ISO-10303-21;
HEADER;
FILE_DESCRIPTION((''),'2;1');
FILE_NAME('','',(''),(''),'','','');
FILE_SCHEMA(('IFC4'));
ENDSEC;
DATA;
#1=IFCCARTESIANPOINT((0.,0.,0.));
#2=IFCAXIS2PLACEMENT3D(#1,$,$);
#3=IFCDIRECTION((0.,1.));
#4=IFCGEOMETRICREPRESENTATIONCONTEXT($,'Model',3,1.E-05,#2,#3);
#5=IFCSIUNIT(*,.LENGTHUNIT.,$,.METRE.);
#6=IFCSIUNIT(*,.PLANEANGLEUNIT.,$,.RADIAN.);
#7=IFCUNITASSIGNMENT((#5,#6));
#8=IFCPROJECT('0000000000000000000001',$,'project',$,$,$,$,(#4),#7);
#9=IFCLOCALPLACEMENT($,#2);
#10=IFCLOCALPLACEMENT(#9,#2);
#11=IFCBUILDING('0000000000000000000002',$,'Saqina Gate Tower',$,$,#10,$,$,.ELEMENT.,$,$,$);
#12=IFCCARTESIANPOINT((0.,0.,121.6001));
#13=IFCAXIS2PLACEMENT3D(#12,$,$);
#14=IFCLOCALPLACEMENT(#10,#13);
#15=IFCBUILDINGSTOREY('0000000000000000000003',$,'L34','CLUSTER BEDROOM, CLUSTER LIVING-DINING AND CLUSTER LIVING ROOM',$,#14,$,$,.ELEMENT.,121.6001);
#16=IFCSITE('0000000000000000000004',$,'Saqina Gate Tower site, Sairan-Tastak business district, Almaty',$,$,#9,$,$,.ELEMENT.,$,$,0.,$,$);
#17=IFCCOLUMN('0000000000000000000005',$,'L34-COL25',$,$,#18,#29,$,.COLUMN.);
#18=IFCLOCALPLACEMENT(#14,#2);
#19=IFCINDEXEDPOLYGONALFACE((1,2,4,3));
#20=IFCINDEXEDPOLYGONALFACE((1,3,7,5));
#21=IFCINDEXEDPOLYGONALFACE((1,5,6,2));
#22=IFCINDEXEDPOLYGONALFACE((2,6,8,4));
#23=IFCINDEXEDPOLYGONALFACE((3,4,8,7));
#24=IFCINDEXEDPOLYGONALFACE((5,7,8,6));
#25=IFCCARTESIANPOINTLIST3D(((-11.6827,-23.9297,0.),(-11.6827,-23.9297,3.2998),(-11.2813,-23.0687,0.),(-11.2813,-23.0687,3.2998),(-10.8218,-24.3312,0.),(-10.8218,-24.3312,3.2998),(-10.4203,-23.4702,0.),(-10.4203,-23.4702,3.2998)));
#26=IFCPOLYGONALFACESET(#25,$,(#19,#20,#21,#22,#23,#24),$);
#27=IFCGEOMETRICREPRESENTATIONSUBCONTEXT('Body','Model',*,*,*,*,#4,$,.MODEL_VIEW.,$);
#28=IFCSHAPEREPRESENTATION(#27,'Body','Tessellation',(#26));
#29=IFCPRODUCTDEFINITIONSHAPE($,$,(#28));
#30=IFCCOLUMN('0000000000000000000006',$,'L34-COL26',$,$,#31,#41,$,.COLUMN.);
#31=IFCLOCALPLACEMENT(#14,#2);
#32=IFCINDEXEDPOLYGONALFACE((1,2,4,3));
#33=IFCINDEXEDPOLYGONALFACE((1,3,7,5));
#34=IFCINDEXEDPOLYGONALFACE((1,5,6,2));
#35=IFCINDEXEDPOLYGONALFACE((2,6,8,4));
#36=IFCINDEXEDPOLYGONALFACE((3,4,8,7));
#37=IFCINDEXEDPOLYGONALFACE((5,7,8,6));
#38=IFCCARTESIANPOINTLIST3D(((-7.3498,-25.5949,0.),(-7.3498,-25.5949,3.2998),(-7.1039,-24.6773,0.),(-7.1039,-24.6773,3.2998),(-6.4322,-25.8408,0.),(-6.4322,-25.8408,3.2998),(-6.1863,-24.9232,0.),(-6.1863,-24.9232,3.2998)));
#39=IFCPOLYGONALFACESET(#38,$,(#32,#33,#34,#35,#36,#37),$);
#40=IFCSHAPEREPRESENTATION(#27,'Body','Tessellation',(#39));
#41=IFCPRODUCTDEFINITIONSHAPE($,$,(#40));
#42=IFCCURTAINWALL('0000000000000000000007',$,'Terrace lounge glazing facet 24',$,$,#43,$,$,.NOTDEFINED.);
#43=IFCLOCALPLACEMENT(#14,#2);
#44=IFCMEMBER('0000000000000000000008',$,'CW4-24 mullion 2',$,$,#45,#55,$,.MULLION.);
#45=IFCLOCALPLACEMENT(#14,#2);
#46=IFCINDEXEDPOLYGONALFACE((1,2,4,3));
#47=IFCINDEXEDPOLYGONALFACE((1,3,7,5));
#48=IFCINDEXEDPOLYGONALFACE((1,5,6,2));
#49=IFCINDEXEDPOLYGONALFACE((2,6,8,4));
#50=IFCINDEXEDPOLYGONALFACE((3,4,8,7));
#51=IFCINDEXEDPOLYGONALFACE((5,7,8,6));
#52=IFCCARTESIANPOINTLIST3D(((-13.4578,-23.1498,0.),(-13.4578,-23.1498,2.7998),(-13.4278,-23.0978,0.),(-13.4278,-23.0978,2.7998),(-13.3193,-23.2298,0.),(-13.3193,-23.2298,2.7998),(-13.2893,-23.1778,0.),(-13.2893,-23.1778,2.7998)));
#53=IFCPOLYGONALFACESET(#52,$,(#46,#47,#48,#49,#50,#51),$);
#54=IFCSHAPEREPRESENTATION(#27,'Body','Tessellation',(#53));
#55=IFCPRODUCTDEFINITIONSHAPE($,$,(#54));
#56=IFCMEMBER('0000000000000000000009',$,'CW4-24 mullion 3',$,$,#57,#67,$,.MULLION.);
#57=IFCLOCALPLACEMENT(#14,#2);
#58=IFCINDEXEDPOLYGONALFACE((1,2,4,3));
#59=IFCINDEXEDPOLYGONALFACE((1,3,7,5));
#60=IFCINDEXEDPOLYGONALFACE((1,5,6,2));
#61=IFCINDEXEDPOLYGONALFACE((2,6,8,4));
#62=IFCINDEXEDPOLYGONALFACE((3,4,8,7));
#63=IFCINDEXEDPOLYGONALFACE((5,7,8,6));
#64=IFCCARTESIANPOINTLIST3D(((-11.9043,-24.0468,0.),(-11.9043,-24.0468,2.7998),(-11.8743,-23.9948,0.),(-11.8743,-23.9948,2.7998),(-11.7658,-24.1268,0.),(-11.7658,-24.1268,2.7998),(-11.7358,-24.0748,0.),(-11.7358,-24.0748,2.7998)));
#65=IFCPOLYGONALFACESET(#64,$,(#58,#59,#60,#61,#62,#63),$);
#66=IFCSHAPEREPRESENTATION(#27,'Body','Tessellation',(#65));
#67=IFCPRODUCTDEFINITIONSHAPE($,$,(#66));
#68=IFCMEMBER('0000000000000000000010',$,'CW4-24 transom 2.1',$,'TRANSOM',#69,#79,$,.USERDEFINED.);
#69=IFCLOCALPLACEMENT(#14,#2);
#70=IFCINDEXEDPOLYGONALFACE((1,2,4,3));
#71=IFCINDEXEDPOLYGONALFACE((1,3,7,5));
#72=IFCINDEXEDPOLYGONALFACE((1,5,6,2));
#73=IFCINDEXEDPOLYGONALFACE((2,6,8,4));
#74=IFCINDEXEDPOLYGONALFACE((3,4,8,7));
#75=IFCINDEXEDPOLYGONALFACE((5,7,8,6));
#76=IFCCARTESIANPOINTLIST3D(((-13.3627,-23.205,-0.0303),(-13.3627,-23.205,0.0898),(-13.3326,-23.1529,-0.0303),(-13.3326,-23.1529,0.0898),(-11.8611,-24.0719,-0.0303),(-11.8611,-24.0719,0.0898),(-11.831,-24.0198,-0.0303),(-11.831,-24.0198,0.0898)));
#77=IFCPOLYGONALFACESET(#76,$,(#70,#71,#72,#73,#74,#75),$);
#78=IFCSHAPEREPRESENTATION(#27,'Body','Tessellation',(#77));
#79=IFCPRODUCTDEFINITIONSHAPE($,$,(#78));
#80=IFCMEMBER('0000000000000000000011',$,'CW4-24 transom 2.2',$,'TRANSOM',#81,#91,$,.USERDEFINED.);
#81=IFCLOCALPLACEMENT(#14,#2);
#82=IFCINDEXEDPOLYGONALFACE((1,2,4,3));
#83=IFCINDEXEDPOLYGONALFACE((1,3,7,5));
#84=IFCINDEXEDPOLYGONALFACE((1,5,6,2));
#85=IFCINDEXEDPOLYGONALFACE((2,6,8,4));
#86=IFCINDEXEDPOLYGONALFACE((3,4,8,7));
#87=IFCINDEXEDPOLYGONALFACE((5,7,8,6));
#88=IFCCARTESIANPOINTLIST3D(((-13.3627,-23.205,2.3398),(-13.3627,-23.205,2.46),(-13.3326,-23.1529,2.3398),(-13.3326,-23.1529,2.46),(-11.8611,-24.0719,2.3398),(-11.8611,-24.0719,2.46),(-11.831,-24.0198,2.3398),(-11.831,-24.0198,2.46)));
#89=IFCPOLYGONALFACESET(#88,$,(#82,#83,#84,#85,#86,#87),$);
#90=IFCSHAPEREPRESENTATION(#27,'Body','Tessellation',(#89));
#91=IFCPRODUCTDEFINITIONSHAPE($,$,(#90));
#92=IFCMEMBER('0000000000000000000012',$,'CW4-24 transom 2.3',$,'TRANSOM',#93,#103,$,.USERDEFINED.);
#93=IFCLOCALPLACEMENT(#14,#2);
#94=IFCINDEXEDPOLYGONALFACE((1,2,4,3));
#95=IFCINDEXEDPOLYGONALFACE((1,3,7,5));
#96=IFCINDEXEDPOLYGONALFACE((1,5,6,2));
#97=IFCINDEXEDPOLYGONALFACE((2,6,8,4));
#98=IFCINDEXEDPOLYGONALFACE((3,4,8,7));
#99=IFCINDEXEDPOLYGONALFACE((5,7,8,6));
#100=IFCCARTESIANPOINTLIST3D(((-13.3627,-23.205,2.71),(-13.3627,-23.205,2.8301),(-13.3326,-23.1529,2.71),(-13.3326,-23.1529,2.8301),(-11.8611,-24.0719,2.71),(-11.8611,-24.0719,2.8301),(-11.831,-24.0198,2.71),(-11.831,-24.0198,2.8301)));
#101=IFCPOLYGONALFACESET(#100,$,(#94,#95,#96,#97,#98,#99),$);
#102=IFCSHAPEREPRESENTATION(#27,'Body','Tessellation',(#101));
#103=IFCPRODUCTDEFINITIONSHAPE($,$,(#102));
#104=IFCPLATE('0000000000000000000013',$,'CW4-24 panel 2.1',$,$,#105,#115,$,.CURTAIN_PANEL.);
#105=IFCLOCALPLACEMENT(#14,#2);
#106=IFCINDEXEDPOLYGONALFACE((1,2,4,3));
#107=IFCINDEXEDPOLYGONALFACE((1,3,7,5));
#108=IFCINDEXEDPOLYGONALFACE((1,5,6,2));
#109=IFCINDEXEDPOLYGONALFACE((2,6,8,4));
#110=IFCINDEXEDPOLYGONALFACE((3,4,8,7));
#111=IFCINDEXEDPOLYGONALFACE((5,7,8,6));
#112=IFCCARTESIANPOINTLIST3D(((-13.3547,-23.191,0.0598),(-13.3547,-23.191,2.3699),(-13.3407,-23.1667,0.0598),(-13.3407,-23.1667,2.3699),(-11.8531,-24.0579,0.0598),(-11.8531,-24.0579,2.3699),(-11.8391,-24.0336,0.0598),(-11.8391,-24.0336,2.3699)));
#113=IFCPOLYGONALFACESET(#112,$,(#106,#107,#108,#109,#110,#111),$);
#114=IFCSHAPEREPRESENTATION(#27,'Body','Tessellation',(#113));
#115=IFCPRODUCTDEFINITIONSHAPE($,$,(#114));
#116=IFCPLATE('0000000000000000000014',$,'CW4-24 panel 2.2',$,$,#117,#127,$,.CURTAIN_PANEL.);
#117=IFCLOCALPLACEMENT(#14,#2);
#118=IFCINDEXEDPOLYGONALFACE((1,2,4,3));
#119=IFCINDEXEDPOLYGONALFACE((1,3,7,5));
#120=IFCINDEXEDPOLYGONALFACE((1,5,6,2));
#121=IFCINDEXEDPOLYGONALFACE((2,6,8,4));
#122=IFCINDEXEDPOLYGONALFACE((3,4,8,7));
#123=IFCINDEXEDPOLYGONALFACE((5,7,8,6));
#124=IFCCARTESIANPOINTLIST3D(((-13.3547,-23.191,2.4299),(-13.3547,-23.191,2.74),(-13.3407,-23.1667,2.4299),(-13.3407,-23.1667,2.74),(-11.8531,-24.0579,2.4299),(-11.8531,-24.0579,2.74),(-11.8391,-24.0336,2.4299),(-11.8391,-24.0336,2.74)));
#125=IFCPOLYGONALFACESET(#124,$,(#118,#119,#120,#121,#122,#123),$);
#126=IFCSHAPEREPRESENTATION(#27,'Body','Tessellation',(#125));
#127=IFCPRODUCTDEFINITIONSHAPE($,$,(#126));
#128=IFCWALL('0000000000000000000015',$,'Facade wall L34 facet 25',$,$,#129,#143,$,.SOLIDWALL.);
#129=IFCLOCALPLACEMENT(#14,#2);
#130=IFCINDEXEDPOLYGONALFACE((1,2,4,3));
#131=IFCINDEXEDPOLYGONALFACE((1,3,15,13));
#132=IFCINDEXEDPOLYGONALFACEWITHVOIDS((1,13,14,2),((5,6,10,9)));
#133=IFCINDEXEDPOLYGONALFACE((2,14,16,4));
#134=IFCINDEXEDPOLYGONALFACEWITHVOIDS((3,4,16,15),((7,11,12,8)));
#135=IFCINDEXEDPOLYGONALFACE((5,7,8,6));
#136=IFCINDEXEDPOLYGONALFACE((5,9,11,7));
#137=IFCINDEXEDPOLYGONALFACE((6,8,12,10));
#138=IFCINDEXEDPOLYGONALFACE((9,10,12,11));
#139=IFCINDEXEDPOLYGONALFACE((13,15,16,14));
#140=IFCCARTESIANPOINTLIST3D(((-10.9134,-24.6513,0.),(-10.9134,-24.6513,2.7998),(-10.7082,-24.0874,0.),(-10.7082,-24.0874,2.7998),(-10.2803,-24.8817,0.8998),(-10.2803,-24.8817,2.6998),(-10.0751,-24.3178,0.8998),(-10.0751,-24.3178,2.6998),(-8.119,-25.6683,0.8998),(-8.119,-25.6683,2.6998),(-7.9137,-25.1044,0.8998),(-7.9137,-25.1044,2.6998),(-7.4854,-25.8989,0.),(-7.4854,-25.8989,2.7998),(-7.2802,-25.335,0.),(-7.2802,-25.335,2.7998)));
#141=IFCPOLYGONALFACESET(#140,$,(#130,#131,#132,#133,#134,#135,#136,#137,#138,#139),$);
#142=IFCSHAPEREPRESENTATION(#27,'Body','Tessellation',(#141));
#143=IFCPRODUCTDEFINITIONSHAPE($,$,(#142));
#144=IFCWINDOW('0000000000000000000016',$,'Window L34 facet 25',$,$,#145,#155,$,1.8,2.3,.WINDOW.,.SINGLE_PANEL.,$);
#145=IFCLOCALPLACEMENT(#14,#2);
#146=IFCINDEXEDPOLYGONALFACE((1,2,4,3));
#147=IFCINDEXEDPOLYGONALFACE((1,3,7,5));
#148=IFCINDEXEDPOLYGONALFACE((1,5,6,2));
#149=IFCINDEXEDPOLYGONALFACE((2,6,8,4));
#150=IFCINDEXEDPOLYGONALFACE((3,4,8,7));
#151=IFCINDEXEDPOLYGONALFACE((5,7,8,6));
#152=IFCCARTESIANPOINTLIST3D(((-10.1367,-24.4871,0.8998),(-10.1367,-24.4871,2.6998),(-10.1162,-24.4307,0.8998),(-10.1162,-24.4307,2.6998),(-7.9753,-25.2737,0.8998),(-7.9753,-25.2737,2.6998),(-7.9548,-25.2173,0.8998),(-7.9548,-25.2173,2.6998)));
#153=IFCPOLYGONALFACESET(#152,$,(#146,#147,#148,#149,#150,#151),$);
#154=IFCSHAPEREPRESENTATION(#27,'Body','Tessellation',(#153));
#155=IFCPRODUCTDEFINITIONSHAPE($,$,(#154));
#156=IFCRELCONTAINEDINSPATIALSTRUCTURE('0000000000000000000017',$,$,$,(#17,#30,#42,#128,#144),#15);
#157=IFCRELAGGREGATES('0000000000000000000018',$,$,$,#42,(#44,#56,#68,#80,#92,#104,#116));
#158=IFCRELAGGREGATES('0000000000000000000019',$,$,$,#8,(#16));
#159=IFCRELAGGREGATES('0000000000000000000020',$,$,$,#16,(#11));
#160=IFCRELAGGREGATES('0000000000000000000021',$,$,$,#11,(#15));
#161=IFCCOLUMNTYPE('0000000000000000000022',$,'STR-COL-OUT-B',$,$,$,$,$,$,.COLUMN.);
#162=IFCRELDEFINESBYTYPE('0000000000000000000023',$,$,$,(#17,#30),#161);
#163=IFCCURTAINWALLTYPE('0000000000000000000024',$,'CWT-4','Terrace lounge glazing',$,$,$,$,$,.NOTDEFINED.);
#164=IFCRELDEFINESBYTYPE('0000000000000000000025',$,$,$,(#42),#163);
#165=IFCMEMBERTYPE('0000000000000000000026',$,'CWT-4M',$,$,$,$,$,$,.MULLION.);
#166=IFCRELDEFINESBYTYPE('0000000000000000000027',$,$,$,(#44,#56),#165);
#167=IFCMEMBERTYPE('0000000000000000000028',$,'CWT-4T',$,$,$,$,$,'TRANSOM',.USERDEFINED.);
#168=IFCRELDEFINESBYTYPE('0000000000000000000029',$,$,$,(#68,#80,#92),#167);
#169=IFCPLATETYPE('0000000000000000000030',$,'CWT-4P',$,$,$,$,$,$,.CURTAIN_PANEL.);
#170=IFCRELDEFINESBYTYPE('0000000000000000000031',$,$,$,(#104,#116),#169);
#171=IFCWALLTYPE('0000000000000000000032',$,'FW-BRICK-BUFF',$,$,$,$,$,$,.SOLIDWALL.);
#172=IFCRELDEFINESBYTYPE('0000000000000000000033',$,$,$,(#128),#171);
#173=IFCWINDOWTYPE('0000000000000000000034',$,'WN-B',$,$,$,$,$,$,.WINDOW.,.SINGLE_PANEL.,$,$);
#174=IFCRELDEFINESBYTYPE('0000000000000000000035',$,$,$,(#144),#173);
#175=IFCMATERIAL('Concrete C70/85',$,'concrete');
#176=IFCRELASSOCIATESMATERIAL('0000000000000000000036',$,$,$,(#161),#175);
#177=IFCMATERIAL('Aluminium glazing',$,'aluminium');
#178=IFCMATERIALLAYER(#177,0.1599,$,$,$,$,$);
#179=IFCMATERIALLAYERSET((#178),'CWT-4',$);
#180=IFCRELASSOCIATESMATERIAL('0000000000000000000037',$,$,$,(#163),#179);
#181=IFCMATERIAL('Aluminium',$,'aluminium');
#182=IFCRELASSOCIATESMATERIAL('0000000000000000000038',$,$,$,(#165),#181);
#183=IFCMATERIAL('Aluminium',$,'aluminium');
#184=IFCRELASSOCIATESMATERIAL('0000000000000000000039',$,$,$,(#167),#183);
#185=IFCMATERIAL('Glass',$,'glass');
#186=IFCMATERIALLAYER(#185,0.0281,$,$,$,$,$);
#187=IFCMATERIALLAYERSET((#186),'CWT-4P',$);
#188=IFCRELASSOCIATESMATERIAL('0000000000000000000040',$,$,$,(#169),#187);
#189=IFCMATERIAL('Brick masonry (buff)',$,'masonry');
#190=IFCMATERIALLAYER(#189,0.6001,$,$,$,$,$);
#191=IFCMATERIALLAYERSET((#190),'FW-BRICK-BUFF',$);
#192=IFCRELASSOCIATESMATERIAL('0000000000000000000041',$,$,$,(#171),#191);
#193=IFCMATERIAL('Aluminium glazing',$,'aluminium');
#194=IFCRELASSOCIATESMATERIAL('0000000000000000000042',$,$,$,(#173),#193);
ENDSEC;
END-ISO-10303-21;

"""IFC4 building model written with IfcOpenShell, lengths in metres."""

from ifc_helpers import new_model, si_unit, direction, frame, frame_2d, origin, origin_2d, place, context, subcontext, project, spatial, rectangle, extrude, material, layer, layer_set, material_profile, profile_set, type_object, element, fill, aggregate, save


model = new_model("IFC4")

# Units and contexts
model_context = context("Model", 3, precision=1e-05, world=origin(), true_north=direction((0.0, 1.0)))
body_context = subcontext(model_context, "Body", "Model", "MODEL_VIEW")
ifc_project = project(units=[si_unit("LENGTHUNIT", "METRE"), si_unit("PLANEANGLEUNIT", "RADIAN")], contexts=[model_context])

# Site, building, storey
site_placement = place(None, origin())
site = spatial("IfcSite", under=ifc_project, at=site_placement, Name="Saqina Gate Tower site, Sairan-Tastak business district, Almaty", CompositionType="ELEMENT", RefElevation=0.0)
building_placement = place(site_placement, origin())
building = spatial("IfcBuilding", under=site, at=building_placement, Name="Saqina Gate Tower", CompositionType="ELEMENT")
storey_placement = place(building_placement, frame((0.0, 0.0, 121.6001)))
storey = spatial("IfcBuildingStorey", under=building, at=storey_placement, Name="L34", Description="CLUSTER BEDROOM, CLUSTER LIVING-DINING AND CLUSTER LIVING ROOM", CompositionType="ELEMENT", Elevation=121.6001)

# Columns
ifc_material_1 = material(Name="Concrete C70/85", Category="concrete")
ifc_material_profile_1 = material_profile(ifc_material_1, rectangle(XDim=0.95, YDim=0.95, at=origin_2d()), Name="RC 950x950")
ifc_profile_set_1 = profile_set([ifc_material_profile_1], Name="Concrete C70/85")
column_type = type_object("IfcColumnType", Name="STR-COL-OUT-B", PredefinedType="COLUMN", material=ifc_profile_set_1)
for number, where, z_axis, x_axis, name in (
    (1, (-11.0515, -23.7, 0.0), (0.0, 0.0, 1.0), (-0.422618, -0.906308, 0.0), "L34-COL25"),
    (2, (-6.7681, -25.259, 0.0), (0.0, 0.0, 1.0), (-0.258819, -0.965926, 0.0), "L34-COL26"),
):
    element("IfcColumn", number, at=place(storey_placement, frame(where, z_axis=z_axis, x_axis=x_axis)), inside=storey, type_object=column_type, Name=name, PredefinedType="COLUMN", context=body_context, shape_type="SweptSolid", body=[
        extrude(rectangle(XDim=0.95, YDim=0.95, at=origin_2d()), origin(), (0.0, 0.0, 1.0), 3.2998),
    ])

# Curtain wall, members, plates
ifc_material_2 = material(Name="Aluminium glazing", Category="aluminium")
ifc_layer_1 = layer(ifc_material_2, 0.1599)
ifc_layer_set_1 = layer_set([ifc_layer_1], Name="CWT-4")
curtain_wall_type = type_object("IfcCurtainWallType", Name="CWT-4", Description="Terrace lounge glazing", PredefinedType="NOTDEFINED", material=ifc_layer_set_1)
curtain_wall_placement = place(storey_placement, origin())
curtain_wall = element("IfcCurtainWall", 3, at=curtain_wall_placement, inside=storey, type_object=curtain_wall_type, Name="Terrace lounge glazing facet 24", PredefinedType="NOTDEFINED")
ifc_material_3 = material(Name="Aluminium", Category="aluminium")
ifc_material_profile_2 = material_profile(ifc_material_3, rectangle(XDim=0.0601, YDim=0.1599, at=origin_2d()), Name="Aluminium 60x160")
ifc_profile_set_2 = profile_set([ifc_material_profile_2], Name="Aluminium")
member_type_1 = type_object("IfcMemberType", Name="CWT-4M", PredefinedType="MULLION", material=ifc_profile_set_2)
member_1_placement = place(storey_placement, frame((-13.3735, -23.1638, 0.0), z_axis=(0.0, 0.0, 1.0), x_axis=(0.499999, 0.866026, 0.0)))
member_1 = element("IfcMember", 4, at=member_1_placement, type_object=member_type_1, Name="CW4-24 mullion 2", PredefinedType="MULLION", context=body_context, shape_type="SweptSolid", body=[
    extrude(rectangle(XDim=0.0601, YDim=0.1599, at=origin_2d()), origin(), (0.0, 0.0, 1.0), 2.7998),
])
member_2_placement = place(storey_placement, frame((-11.8201, -24.0608, 0.0), z_axis=(0.0, 0.0, 1.0), x_axis=(0.499999, 0.866026, 0.0)))
member_2 = element("IfcMember", 5, at=member_2_placement, type_object=member_type_1, Name="CW4-24 mullion 3", PredefinedType="MULLION", context=body_context, shape_type="SweptSolid", body=[
    extrude(rectangle(XDim=0.0601, YDim=0.1599, at=origin_2d()), origin(), (0.0, 0.0, 1.0), 2.7998),
])
ifc_material_4 = material(Name="Aluminium", Category="aluminium")
ifc_material_profile_3 = material_profile(ifc_material_4, rectangle(XDim=0.0601, YDim=0.1201, at=origin_2d()), Name="Aluminium 60x120")
ifc_profile_set_3 = profile_set([ifc_material_profile_3], Name="Aluminium")
member_type_2 = type_object("IfcMemberType", Name="CWT-4T", ElementType="TRANSOM", PredefinedType="USERDEFINED", material=ifc_profile_set_3)
member_3_placement = place(storey_placement, frame((-13.3477, -23.179, 0.0298), z_axis=(0.866043, -0.49997, 0.0), x_axis=(0.49997, 0.866043, 0.0)))
member_3 = element("IfcMember", 6, at=member_3_placement, type_object=member_type_2, Name="CW4-24 transom 2.1", ObjectType="TRANSOM", PredefinedType="USERDEFINED", context=body_context, shape_type="SweptSolid", body=[
    extrude(rectangle(XDim=0.0601, YDim=0.1201, at=origin_2d()), origin(), (0.0, 0.0, 1.0), 1.7339),
])
member_4_placement = place(storey_placement, frame((-13.3477, -23.179, 2.3999), z_axis=(0.866043, -0.49997, 0.0), x_axis=(0.49997, 0.866043, 0.0)))
member_4 = element("IfcMember", 7, at=member_4_placement, type_object=member_type_2, Name="CW4-24 transom 2.2", ObjectType="TRANSOM", PredefinedType="USERDEFINED", context=body_context, shape_type="SweptSolid", body=[
    extrude(rectangle(XDim=0.0601, YDim=0.1201, at=origin_2d()), origin(), (0.0, 0.0, 1.0), 1.7339),
])
member_5_placement = place(storey_placement, frame((-13.3477, -23.179, 2.77), z_axis=(0.866043, -0.49997, 0.0), x_axis=(0.49997, 0.866043, 0.0)))
member_5 = element("IfcMember", 8, at=member_5_placement, type_object=member_type_2, Name="CW4-24 transom 2.3", ObjectType="TRANSOM", PredefinedType="USERDEFINED", context=body_context, shape_type="SweptSolid", body=[
    extrude(rectangle(XDim=0.0601, YDim=0.1201, at=origin_2d()), origin(), (0.0, 0.0, 1.0), 1.7339),
])
ifc_material_5 = material(Name="Glass", Category="glass")
ifc_layer_2 = layer(ifc_material_5, 0.0281)
ifc_layer_set_2 = layer_set([ifc_layer_2], Name="CWT-4P")
plate_type = type_object("IfcPlateType", Name="CWT-4P", PredefinedType="CURTAIN_PANEL", material=ifc_layer_set_2)
plate_1_placement = place(storey_placement, frame((-12.5969, -23.6123, 0.0598), z_axis=(0.0, 0.0, 1.0), x_axis=(0.866026, -0.499999, 0.0)))
plate_1 = element("IfcPlate", 9, at=plate_1_placement, type_object=plate_type, Name="CW4-24 panel 2.1", PredefinedType="CURTAIN_PANEL", context=body_context, shape_type="SweptSolid", body=[
    extrude(rectangle(XDim=1.7339, YDim=0.0281, at=origin_2d()), origin(), (0.0, 0.0, 1.0), 2.3101),
])
plate_2_placement = place(storey_placement, frame((-12.5969, -23.6123, 2.4299), z_axis=(0.0, 0.0, 1.0), x_axis=(0.866026, -0.499999, 0.0)))
plate_2 = element("IfcPlate", 10, at=plate_2_placement, type_object=plate_type, Name="CW4-24 panel 2.2", PredefinedType="CURTAIN_PANEL", context=body_context, shape_type="SweptSolid", body=[
    extrude(rectangle(XDim=1.7339, YDim=0.0281, at=origin_2d()), origin(), (0.0, 0.0, 1.0), 0.3101),
])
aggregate(curtain_wall, [member_1, member_2, member_3, member_4, member_5, plate_1, plate_2])

# Wall, opening, window
ifc_material_6 = material(Name="Brick masonry (buff)", Category="masonry")
ifc_layer_3 = layer(ifc_material_6, 0.6001)
ifc_layer_set_3 = layer_set([ifc_layer_3], Name="FW-BRICK-BUFF")
wall_type_1 = type_object("IfcWallType", Name="FW-BRICK-BUFF", PredefinedType="SOLIDWALL", material=ifc_layer_set_3)
wall_1_placement = place(storey_placement, frame((-10.8108, -24.3694, 0.0), z_axis=(0.0, 0.0, 1.0), x_axis=(0.939704, -0.34199, 0.0)))
wall_1 = element("IfcWall", 11, at=wall_1_placement, inside=storey, type_object=wall_type_1, Name="Facade wall L34 facet 25", PredefinedType="SOLIDWALL", context=body_context, shape_type="SweptSolid", body=[
    extrude(rectangle(XDim=3.6479, YDim=0.6001, at=frame_2d((1.824, 0.0))), origin(), (0.0, 0.0, 1.0), 2.7998),
])
opening_1_placement = place(wall_1_placement, frame((0.6738, 0.0, 0.8999)))
opening_1 = element("IfcOpeningElement", 12, at=opening_1_placement, cuts=wall_1, PredefinedType="OPENING", context=body_context, shape_type="SweptSolid", body=[
    extrude(rectangle(XDim=2.3, YDim=1.8, at=frame_2d((1.1499, 0.8999))), frame((0.0, 0.312, 0.0), z_axis=(0.0, -1.0, 0.0), x_axis=(1.0, 0.0, 0.0)), (0.0, 0.0, 1.0), 0.624),
])
ifc_material_7 = material(Name="Aluminium glazing", Category="aluminium")
window_type = type_object("IfcWindowType", Name="WN-B", PartitioningType="SINGLE_PANEL", PredefinedType="WINDOW", material=ifc_material_7)
window_placement = place(opening_1_placement, origin())
window = element("IfcWindow", 13, at=window_placement, inside=storey, type_object=window_type, Name="Window L34 facet 25", OverallHeight=1.8, OverallWidth=2.3, PartitioningType="SINGLE_PANEL", PredefinedType="WINDOW", context=body_context, shape_type="SweptSolid", body=[
    extrude(rectangle(XDim=2.3, YDim=1.8, at=frame_2d((1.1499, 0.8999))), frame((0.0, 0.1799, 0.0), z_axis=(0.0, -1.0, 0.0), x_axis=(1.0, 0.0, 0.0)), (0.0, 0.0, 1.0), 0.0601),
])
fill(opening_1, window)

save(model, "model.ifc")
